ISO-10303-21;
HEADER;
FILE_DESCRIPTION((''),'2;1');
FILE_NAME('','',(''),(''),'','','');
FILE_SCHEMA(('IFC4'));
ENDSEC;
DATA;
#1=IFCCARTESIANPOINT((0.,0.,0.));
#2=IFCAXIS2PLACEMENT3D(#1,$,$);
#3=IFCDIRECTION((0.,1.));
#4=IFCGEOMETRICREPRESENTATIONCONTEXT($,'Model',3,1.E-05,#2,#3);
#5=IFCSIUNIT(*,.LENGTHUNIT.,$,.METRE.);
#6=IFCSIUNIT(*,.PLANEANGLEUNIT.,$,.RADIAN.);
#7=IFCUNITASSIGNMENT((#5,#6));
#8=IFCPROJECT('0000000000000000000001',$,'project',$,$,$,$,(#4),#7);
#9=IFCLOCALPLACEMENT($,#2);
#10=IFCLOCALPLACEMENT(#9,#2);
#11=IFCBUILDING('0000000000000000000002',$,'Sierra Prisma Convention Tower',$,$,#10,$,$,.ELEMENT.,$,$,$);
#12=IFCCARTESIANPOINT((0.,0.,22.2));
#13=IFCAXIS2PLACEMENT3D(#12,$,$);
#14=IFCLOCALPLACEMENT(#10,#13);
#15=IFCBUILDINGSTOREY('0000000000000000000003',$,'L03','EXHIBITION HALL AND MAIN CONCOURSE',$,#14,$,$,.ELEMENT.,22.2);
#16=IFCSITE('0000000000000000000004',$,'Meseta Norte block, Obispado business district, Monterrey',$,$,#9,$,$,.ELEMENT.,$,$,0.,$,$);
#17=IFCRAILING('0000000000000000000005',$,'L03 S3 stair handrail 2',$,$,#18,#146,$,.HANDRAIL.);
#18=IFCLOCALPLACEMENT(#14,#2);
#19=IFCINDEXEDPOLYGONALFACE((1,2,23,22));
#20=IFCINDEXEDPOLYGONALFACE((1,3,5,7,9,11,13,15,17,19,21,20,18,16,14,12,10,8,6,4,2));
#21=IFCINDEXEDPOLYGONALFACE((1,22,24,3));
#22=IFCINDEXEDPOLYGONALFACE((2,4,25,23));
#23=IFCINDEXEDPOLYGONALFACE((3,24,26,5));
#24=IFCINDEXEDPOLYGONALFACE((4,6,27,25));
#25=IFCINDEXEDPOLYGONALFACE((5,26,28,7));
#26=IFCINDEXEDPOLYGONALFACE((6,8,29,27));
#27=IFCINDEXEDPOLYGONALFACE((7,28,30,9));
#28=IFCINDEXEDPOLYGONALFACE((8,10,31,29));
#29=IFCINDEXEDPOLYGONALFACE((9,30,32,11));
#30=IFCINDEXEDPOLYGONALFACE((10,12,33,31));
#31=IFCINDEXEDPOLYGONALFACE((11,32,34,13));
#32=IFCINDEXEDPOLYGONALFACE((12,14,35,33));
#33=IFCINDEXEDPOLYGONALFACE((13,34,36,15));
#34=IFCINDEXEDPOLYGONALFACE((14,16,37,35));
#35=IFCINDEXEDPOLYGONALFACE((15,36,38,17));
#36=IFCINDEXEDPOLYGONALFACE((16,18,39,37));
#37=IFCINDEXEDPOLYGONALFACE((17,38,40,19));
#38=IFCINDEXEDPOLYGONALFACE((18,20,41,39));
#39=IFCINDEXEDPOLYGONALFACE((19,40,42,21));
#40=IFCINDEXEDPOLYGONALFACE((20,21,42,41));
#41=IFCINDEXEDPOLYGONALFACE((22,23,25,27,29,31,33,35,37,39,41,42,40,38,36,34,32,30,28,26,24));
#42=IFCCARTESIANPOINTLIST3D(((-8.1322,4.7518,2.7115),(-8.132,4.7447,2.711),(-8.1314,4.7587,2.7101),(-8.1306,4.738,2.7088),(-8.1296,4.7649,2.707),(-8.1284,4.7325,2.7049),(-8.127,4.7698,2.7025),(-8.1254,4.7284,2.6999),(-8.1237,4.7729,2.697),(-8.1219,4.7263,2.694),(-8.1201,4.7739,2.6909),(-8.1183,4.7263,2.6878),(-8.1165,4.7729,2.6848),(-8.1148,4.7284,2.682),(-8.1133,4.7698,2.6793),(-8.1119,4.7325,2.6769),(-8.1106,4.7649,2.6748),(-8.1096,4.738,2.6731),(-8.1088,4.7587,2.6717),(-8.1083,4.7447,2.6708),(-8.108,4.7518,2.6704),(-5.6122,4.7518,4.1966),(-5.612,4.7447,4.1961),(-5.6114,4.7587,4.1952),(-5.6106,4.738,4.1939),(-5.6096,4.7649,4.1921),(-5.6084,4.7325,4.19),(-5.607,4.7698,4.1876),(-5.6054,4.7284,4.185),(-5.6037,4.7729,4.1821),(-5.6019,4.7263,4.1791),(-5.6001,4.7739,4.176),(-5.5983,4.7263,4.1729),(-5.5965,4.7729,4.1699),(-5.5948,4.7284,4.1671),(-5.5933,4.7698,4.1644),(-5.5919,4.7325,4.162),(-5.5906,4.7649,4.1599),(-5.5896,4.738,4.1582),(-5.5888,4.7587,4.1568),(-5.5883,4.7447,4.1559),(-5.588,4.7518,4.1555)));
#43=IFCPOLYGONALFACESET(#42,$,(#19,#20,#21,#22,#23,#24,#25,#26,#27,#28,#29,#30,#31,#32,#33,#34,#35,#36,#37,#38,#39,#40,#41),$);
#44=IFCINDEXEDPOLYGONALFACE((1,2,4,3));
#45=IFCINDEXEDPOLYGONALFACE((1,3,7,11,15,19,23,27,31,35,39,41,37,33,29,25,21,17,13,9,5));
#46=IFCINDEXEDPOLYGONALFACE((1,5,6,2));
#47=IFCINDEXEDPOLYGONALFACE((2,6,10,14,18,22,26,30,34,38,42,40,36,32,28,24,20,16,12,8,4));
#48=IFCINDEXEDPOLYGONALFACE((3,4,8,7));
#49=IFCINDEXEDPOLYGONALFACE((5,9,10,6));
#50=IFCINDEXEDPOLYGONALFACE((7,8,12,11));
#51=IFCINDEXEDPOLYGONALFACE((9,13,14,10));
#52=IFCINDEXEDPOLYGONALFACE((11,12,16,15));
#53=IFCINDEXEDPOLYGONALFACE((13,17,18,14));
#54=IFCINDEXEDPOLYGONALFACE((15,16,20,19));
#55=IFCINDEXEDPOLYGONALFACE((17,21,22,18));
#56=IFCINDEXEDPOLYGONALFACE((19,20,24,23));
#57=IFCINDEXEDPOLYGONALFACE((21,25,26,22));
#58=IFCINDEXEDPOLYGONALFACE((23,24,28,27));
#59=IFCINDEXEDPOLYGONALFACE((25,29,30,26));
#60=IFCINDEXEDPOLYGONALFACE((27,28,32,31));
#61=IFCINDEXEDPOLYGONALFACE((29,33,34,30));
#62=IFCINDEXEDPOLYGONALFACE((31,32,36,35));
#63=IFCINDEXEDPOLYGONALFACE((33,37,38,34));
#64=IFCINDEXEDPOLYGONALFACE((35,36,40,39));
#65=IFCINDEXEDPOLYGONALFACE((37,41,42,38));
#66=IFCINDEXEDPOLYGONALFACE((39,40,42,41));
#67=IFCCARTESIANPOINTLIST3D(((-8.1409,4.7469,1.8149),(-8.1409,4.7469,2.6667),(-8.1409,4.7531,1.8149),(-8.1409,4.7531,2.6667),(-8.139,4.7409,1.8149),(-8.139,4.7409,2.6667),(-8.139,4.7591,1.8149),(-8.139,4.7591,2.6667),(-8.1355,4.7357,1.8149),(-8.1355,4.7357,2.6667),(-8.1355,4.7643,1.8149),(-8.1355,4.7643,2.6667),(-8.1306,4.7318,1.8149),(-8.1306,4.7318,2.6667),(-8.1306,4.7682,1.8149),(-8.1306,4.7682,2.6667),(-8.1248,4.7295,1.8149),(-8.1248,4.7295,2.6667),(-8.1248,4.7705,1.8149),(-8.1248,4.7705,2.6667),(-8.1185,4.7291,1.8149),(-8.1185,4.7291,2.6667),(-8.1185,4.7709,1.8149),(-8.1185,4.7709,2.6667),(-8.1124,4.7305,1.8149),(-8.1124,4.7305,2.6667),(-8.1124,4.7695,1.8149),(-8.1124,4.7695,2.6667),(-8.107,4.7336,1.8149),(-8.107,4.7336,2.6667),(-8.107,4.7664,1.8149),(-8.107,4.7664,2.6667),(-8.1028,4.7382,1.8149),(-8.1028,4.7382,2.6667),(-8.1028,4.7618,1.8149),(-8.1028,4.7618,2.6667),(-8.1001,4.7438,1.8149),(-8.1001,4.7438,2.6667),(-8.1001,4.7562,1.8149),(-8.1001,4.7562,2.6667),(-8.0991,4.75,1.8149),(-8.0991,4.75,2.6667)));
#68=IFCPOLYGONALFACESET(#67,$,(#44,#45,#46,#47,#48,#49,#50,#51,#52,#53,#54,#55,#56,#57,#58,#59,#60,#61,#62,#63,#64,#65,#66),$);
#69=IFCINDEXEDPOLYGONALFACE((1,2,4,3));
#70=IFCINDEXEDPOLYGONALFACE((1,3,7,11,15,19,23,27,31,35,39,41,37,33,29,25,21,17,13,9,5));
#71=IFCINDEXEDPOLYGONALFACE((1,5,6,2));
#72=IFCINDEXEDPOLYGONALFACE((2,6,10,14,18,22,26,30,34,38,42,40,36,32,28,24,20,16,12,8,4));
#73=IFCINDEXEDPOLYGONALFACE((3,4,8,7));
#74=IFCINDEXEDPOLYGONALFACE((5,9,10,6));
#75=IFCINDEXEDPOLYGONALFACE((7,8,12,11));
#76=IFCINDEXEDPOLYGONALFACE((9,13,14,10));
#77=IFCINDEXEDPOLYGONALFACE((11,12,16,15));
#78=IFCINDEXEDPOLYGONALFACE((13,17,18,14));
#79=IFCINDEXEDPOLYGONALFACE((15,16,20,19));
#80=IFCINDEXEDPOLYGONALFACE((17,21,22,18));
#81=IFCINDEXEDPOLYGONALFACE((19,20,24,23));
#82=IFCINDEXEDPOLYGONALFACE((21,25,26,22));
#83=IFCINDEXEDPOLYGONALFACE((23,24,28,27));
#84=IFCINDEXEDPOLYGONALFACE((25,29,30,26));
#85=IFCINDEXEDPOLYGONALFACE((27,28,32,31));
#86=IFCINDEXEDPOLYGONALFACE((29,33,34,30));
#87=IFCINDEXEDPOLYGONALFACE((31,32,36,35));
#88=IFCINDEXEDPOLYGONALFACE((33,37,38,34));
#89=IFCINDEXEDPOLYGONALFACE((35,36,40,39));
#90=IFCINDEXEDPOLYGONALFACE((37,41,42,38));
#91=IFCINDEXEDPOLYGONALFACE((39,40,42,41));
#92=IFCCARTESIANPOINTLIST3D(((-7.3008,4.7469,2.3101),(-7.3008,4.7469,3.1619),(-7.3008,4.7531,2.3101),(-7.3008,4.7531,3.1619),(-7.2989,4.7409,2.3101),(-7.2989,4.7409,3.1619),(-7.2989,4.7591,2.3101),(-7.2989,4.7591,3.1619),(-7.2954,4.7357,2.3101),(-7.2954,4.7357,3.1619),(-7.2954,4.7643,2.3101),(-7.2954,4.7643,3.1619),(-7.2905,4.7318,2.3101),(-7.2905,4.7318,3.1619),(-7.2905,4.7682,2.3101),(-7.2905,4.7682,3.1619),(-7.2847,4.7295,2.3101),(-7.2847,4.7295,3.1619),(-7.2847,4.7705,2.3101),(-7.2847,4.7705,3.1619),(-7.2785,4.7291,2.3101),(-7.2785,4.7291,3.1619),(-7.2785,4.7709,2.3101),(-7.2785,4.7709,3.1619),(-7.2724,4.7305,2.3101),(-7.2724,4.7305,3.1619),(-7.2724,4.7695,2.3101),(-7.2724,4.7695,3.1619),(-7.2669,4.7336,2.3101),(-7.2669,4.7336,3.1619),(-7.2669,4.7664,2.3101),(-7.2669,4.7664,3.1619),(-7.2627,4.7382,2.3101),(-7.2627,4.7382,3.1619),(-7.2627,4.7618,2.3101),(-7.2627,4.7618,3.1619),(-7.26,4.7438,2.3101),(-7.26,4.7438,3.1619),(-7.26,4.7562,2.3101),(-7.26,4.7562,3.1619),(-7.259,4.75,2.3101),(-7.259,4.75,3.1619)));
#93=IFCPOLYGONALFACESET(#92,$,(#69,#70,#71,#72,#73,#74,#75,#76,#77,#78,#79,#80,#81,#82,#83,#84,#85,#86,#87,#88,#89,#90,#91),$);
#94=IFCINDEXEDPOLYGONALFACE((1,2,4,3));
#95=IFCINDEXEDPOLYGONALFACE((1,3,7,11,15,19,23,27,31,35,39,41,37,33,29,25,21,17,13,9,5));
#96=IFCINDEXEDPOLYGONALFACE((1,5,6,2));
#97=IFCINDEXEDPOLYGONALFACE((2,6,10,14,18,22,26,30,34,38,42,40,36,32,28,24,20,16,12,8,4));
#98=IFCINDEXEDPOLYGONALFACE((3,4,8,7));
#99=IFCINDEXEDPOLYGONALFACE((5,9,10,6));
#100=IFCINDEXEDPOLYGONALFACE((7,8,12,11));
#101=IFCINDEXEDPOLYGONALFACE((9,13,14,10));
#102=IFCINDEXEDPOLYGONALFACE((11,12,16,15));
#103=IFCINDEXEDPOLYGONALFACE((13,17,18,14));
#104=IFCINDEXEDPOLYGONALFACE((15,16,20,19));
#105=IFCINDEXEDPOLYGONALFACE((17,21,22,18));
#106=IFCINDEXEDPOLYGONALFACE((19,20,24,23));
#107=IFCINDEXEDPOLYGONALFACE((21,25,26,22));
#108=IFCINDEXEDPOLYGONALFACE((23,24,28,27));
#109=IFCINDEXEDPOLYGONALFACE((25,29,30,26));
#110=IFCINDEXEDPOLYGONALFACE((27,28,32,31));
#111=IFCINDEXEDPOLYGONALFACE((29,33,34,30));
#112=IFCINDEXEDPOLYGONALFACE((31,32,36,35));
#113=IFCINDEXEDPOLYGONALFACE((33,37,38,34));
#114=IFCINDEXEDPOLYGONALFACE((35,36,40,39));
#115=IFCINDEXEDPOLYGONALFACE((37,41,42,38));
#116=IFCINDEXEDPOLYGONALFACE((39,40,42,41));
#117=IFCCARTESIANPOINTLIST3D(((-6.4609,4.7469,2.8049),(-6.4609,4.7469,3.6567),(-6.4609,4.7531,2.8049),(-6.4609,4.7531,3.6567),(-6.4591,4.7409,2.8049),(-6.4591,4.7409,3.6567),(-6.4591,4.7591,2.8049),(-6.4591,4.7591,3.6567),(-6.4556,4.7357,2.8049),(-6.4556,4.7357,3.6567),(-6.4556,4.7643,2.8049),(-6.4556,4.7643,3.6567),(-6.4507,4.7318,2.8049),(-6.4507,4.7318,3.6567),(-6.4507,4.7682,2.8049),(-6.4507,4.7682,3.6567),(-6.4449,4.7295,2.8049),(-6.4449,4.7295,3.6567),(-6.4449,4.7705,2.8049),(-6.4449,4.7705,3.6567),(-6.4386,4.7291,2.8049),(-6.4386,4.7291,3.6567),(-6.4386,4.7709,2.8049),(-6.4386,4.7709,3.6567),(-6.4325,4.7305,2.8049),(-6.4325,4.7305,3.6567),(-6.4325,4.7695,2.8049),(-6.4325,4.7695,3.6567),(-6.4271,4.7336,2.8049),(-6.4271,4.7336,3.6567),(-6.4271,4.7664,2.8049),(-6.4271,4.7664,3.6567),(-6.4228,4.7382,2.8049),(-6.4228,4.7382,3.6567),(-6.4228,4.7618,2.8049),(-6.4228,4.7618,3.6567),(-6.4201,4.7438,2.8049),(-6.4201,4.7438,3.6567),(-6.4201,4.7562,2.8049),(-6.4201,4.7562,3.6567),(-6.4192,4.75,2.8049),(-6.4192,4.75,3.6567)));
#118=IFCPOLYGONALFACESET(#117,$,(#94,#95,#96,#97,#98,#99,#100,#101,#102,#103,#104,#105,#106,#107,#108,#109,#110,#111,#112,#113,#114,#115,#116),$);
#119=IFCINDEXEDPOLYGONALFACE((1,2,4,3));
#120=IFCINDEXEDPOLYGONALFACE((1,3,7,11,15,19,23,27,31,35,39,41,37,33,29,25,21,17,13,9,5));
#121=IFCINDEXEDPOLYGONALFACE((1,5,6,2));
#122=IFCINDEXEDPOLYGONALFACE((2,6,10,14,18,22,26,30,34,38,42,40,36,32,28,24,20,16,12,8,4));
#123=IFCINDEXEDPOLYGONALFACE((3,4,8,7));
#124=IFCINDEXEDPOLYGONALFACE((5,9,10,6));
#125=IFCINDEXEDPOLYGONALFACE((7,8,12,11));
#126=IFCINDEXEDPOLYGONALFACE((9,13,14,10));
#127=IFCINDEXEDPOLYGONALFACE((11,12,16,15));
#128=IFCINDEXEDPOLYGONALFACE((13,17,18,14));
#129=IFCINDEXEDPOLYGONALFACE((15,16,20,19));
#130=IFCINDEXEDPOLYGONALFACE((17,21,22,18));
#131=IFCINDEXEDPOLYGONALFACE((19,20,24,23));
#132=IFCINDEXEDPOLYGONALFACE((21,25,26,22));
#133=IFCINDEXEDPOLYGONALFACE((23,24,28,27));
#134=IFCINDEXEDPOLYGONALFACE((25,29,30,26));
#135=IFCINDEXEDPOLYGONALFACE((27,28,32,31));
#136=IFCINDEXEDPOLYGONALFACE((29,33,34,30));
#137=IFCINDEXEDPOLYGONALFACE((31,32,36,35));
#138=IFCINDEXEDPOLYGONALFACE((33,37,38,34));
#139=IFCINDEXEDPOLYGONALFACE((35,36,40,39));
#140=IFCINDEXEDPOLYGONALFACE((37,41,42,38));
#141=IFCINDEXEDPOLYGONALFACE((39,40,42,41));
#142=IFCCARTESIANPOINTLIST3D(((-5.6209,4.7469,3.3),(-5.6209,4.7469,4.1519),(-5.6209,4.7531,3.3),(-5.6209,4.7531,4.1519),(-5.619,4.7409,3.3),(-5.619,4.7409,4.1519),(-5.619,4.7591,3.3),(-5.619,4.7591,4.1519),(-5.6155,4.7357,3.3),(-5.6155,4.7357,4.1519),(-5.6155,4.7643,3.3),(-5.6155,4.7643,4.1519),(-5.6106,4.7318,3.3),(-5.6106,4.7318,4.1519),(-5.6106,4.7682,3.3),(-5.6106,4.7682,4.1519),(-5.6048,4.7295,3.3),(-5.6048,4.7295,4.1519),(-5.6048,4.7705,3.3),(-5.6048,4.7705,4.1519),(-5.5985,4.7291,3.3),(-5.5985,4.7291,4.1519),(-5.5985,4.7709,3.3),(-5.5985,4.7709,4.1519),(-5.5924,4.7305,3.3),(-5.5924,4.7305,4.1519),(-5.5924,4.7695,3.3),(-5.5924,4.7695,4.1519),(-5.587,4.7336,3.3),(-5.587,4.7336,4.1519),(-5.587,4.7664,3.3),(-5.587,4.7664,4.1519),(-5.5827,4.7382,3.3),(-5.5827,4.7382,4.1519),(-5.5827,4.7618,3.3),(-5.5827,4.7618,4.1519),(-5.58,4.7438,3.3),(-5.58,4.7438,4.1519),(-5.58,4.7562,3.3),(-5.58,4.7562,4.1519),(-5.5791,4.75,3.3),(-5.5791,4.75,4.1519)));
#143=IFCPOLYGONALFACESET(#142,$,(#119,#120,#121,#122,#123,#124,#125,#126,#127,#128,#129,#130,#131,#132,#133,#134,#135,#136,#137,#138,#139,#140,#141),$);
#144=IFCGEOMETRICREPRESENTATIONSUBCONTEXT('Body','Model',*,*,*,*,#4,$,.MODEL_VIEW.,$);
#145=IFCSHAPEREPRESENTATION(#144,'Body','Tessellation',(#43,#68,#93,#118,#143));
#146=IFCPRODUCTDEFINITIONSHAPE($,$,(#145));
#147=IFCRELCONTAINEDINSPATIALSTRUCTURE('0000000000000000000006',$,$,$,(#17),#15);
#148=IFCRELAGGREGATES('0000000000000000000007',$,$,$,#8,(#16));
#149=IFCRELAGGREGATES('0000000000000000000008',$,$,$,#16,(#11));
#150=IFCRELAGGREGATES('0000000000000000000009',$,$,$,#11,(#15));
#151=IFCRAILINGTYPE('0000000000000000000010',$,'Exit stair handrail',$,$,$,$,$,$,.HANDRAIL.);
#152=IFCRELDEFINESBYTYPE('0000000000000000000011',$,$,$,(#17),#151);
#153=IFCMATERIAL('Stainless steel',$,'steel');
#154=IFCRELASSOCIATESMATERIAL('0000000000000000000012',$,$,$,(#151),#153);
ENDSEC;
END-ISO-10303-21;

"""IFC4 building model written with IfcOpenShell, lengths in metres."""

from ifc_helpers import new_model, si_unit, direction, frame, origin, origin_2d, place, context, subcontext, project, spatial, circle, extrude, material, type_object, element, save


model = new_model("IFC4")

# Units and contexts
model_context = context("Model", 3, precision=1e-05, world=origin(), true_north=direction((0.0, 1.0)))
body_context = subcontext(model_context, "Body", "Model", "MODEL_VIEW")
ifc_project = project(units=[si_unit("LENGTHUNIT", "METRE"), si_unit("PLANEANGLEUNIT", "RADIAN")], contexts=[model_context])

# Site, building, storey
site_placement = place(None, origin())
site = spatial("IfcSite", under=ifc_project, at=site_placement, Name="Meseta Norte block, Obispado business district, Monterrey", CompositionType="ELEMENT", RefElevation=0.0)
building_placement = place(site_placement, origin())
building = spatial("IfcBuilding", under=site, at=building_placement, Name="Sierra Prisma Convention Tower", CompositionType="ELEMENT")
storey_placement = place(building_placement, frame((0.0, 0.0, 22.2)))
storey = spatial("IfcBuildingStorey", under=building, at=storey_placement, Name="L03", Description="EXHIBITION HALL AND MAIN CONCOURSE", CompositionType="ELEMENT", Elevation=22.2)

# Railing
ifc_material_1 = material(Name="Stainless steel", Category="steel")
railing_type_1 = type_object("IfcRailingType", Name="Exit stair handrail", PredefinedType="HANDRAIL", material=ifc_material_1)
for number, where, name in (
    (1, (-8.1201, 4.75, 1.8149), "L03 S3 stair handrail 2"),
):
    element("IfcRailing", number, at=place(storey_placement, frame(where)), inside=storey, type_object=railing_type_1, Name=name, PredefinedType="HANDRAIL", context=body_context, shape_type="SweptSolid", body=[
        extrude(circle(Radius=0.0239, at=origin_2d()), frame((0.0, 0.0, 0.876), z_axis=(0.861524, 0.0, 0.507717), x_axis=(0.0, 1.0, 0.0)), (0.0, 0.0, 1.0), 2.925),
        extrude(circle(Radius=0.021, at=origin_2d()), origin(), (0.0, 0.0, 1.0), 0.8518),
        extrude(circle(Radius=0.021, at=origin_2d()), frame((0.8401, 0.0, 0.4951)), (0.0, 0.0, 1.0), 0.8518),
        extrude(circle(Radius=0.021, at=origin_2d()), frame((1.6799, 0.0, 0.99)), (0.0, 0.0, 1.0), 0.8518),
        extrude(circle(Radius=0.021, at=origin_2d()), frame((2.52, 0.0, 1.4851)), (0.0, 0.0, 1.0), 0.8518),
    ])

save(model, "model.ifc")
